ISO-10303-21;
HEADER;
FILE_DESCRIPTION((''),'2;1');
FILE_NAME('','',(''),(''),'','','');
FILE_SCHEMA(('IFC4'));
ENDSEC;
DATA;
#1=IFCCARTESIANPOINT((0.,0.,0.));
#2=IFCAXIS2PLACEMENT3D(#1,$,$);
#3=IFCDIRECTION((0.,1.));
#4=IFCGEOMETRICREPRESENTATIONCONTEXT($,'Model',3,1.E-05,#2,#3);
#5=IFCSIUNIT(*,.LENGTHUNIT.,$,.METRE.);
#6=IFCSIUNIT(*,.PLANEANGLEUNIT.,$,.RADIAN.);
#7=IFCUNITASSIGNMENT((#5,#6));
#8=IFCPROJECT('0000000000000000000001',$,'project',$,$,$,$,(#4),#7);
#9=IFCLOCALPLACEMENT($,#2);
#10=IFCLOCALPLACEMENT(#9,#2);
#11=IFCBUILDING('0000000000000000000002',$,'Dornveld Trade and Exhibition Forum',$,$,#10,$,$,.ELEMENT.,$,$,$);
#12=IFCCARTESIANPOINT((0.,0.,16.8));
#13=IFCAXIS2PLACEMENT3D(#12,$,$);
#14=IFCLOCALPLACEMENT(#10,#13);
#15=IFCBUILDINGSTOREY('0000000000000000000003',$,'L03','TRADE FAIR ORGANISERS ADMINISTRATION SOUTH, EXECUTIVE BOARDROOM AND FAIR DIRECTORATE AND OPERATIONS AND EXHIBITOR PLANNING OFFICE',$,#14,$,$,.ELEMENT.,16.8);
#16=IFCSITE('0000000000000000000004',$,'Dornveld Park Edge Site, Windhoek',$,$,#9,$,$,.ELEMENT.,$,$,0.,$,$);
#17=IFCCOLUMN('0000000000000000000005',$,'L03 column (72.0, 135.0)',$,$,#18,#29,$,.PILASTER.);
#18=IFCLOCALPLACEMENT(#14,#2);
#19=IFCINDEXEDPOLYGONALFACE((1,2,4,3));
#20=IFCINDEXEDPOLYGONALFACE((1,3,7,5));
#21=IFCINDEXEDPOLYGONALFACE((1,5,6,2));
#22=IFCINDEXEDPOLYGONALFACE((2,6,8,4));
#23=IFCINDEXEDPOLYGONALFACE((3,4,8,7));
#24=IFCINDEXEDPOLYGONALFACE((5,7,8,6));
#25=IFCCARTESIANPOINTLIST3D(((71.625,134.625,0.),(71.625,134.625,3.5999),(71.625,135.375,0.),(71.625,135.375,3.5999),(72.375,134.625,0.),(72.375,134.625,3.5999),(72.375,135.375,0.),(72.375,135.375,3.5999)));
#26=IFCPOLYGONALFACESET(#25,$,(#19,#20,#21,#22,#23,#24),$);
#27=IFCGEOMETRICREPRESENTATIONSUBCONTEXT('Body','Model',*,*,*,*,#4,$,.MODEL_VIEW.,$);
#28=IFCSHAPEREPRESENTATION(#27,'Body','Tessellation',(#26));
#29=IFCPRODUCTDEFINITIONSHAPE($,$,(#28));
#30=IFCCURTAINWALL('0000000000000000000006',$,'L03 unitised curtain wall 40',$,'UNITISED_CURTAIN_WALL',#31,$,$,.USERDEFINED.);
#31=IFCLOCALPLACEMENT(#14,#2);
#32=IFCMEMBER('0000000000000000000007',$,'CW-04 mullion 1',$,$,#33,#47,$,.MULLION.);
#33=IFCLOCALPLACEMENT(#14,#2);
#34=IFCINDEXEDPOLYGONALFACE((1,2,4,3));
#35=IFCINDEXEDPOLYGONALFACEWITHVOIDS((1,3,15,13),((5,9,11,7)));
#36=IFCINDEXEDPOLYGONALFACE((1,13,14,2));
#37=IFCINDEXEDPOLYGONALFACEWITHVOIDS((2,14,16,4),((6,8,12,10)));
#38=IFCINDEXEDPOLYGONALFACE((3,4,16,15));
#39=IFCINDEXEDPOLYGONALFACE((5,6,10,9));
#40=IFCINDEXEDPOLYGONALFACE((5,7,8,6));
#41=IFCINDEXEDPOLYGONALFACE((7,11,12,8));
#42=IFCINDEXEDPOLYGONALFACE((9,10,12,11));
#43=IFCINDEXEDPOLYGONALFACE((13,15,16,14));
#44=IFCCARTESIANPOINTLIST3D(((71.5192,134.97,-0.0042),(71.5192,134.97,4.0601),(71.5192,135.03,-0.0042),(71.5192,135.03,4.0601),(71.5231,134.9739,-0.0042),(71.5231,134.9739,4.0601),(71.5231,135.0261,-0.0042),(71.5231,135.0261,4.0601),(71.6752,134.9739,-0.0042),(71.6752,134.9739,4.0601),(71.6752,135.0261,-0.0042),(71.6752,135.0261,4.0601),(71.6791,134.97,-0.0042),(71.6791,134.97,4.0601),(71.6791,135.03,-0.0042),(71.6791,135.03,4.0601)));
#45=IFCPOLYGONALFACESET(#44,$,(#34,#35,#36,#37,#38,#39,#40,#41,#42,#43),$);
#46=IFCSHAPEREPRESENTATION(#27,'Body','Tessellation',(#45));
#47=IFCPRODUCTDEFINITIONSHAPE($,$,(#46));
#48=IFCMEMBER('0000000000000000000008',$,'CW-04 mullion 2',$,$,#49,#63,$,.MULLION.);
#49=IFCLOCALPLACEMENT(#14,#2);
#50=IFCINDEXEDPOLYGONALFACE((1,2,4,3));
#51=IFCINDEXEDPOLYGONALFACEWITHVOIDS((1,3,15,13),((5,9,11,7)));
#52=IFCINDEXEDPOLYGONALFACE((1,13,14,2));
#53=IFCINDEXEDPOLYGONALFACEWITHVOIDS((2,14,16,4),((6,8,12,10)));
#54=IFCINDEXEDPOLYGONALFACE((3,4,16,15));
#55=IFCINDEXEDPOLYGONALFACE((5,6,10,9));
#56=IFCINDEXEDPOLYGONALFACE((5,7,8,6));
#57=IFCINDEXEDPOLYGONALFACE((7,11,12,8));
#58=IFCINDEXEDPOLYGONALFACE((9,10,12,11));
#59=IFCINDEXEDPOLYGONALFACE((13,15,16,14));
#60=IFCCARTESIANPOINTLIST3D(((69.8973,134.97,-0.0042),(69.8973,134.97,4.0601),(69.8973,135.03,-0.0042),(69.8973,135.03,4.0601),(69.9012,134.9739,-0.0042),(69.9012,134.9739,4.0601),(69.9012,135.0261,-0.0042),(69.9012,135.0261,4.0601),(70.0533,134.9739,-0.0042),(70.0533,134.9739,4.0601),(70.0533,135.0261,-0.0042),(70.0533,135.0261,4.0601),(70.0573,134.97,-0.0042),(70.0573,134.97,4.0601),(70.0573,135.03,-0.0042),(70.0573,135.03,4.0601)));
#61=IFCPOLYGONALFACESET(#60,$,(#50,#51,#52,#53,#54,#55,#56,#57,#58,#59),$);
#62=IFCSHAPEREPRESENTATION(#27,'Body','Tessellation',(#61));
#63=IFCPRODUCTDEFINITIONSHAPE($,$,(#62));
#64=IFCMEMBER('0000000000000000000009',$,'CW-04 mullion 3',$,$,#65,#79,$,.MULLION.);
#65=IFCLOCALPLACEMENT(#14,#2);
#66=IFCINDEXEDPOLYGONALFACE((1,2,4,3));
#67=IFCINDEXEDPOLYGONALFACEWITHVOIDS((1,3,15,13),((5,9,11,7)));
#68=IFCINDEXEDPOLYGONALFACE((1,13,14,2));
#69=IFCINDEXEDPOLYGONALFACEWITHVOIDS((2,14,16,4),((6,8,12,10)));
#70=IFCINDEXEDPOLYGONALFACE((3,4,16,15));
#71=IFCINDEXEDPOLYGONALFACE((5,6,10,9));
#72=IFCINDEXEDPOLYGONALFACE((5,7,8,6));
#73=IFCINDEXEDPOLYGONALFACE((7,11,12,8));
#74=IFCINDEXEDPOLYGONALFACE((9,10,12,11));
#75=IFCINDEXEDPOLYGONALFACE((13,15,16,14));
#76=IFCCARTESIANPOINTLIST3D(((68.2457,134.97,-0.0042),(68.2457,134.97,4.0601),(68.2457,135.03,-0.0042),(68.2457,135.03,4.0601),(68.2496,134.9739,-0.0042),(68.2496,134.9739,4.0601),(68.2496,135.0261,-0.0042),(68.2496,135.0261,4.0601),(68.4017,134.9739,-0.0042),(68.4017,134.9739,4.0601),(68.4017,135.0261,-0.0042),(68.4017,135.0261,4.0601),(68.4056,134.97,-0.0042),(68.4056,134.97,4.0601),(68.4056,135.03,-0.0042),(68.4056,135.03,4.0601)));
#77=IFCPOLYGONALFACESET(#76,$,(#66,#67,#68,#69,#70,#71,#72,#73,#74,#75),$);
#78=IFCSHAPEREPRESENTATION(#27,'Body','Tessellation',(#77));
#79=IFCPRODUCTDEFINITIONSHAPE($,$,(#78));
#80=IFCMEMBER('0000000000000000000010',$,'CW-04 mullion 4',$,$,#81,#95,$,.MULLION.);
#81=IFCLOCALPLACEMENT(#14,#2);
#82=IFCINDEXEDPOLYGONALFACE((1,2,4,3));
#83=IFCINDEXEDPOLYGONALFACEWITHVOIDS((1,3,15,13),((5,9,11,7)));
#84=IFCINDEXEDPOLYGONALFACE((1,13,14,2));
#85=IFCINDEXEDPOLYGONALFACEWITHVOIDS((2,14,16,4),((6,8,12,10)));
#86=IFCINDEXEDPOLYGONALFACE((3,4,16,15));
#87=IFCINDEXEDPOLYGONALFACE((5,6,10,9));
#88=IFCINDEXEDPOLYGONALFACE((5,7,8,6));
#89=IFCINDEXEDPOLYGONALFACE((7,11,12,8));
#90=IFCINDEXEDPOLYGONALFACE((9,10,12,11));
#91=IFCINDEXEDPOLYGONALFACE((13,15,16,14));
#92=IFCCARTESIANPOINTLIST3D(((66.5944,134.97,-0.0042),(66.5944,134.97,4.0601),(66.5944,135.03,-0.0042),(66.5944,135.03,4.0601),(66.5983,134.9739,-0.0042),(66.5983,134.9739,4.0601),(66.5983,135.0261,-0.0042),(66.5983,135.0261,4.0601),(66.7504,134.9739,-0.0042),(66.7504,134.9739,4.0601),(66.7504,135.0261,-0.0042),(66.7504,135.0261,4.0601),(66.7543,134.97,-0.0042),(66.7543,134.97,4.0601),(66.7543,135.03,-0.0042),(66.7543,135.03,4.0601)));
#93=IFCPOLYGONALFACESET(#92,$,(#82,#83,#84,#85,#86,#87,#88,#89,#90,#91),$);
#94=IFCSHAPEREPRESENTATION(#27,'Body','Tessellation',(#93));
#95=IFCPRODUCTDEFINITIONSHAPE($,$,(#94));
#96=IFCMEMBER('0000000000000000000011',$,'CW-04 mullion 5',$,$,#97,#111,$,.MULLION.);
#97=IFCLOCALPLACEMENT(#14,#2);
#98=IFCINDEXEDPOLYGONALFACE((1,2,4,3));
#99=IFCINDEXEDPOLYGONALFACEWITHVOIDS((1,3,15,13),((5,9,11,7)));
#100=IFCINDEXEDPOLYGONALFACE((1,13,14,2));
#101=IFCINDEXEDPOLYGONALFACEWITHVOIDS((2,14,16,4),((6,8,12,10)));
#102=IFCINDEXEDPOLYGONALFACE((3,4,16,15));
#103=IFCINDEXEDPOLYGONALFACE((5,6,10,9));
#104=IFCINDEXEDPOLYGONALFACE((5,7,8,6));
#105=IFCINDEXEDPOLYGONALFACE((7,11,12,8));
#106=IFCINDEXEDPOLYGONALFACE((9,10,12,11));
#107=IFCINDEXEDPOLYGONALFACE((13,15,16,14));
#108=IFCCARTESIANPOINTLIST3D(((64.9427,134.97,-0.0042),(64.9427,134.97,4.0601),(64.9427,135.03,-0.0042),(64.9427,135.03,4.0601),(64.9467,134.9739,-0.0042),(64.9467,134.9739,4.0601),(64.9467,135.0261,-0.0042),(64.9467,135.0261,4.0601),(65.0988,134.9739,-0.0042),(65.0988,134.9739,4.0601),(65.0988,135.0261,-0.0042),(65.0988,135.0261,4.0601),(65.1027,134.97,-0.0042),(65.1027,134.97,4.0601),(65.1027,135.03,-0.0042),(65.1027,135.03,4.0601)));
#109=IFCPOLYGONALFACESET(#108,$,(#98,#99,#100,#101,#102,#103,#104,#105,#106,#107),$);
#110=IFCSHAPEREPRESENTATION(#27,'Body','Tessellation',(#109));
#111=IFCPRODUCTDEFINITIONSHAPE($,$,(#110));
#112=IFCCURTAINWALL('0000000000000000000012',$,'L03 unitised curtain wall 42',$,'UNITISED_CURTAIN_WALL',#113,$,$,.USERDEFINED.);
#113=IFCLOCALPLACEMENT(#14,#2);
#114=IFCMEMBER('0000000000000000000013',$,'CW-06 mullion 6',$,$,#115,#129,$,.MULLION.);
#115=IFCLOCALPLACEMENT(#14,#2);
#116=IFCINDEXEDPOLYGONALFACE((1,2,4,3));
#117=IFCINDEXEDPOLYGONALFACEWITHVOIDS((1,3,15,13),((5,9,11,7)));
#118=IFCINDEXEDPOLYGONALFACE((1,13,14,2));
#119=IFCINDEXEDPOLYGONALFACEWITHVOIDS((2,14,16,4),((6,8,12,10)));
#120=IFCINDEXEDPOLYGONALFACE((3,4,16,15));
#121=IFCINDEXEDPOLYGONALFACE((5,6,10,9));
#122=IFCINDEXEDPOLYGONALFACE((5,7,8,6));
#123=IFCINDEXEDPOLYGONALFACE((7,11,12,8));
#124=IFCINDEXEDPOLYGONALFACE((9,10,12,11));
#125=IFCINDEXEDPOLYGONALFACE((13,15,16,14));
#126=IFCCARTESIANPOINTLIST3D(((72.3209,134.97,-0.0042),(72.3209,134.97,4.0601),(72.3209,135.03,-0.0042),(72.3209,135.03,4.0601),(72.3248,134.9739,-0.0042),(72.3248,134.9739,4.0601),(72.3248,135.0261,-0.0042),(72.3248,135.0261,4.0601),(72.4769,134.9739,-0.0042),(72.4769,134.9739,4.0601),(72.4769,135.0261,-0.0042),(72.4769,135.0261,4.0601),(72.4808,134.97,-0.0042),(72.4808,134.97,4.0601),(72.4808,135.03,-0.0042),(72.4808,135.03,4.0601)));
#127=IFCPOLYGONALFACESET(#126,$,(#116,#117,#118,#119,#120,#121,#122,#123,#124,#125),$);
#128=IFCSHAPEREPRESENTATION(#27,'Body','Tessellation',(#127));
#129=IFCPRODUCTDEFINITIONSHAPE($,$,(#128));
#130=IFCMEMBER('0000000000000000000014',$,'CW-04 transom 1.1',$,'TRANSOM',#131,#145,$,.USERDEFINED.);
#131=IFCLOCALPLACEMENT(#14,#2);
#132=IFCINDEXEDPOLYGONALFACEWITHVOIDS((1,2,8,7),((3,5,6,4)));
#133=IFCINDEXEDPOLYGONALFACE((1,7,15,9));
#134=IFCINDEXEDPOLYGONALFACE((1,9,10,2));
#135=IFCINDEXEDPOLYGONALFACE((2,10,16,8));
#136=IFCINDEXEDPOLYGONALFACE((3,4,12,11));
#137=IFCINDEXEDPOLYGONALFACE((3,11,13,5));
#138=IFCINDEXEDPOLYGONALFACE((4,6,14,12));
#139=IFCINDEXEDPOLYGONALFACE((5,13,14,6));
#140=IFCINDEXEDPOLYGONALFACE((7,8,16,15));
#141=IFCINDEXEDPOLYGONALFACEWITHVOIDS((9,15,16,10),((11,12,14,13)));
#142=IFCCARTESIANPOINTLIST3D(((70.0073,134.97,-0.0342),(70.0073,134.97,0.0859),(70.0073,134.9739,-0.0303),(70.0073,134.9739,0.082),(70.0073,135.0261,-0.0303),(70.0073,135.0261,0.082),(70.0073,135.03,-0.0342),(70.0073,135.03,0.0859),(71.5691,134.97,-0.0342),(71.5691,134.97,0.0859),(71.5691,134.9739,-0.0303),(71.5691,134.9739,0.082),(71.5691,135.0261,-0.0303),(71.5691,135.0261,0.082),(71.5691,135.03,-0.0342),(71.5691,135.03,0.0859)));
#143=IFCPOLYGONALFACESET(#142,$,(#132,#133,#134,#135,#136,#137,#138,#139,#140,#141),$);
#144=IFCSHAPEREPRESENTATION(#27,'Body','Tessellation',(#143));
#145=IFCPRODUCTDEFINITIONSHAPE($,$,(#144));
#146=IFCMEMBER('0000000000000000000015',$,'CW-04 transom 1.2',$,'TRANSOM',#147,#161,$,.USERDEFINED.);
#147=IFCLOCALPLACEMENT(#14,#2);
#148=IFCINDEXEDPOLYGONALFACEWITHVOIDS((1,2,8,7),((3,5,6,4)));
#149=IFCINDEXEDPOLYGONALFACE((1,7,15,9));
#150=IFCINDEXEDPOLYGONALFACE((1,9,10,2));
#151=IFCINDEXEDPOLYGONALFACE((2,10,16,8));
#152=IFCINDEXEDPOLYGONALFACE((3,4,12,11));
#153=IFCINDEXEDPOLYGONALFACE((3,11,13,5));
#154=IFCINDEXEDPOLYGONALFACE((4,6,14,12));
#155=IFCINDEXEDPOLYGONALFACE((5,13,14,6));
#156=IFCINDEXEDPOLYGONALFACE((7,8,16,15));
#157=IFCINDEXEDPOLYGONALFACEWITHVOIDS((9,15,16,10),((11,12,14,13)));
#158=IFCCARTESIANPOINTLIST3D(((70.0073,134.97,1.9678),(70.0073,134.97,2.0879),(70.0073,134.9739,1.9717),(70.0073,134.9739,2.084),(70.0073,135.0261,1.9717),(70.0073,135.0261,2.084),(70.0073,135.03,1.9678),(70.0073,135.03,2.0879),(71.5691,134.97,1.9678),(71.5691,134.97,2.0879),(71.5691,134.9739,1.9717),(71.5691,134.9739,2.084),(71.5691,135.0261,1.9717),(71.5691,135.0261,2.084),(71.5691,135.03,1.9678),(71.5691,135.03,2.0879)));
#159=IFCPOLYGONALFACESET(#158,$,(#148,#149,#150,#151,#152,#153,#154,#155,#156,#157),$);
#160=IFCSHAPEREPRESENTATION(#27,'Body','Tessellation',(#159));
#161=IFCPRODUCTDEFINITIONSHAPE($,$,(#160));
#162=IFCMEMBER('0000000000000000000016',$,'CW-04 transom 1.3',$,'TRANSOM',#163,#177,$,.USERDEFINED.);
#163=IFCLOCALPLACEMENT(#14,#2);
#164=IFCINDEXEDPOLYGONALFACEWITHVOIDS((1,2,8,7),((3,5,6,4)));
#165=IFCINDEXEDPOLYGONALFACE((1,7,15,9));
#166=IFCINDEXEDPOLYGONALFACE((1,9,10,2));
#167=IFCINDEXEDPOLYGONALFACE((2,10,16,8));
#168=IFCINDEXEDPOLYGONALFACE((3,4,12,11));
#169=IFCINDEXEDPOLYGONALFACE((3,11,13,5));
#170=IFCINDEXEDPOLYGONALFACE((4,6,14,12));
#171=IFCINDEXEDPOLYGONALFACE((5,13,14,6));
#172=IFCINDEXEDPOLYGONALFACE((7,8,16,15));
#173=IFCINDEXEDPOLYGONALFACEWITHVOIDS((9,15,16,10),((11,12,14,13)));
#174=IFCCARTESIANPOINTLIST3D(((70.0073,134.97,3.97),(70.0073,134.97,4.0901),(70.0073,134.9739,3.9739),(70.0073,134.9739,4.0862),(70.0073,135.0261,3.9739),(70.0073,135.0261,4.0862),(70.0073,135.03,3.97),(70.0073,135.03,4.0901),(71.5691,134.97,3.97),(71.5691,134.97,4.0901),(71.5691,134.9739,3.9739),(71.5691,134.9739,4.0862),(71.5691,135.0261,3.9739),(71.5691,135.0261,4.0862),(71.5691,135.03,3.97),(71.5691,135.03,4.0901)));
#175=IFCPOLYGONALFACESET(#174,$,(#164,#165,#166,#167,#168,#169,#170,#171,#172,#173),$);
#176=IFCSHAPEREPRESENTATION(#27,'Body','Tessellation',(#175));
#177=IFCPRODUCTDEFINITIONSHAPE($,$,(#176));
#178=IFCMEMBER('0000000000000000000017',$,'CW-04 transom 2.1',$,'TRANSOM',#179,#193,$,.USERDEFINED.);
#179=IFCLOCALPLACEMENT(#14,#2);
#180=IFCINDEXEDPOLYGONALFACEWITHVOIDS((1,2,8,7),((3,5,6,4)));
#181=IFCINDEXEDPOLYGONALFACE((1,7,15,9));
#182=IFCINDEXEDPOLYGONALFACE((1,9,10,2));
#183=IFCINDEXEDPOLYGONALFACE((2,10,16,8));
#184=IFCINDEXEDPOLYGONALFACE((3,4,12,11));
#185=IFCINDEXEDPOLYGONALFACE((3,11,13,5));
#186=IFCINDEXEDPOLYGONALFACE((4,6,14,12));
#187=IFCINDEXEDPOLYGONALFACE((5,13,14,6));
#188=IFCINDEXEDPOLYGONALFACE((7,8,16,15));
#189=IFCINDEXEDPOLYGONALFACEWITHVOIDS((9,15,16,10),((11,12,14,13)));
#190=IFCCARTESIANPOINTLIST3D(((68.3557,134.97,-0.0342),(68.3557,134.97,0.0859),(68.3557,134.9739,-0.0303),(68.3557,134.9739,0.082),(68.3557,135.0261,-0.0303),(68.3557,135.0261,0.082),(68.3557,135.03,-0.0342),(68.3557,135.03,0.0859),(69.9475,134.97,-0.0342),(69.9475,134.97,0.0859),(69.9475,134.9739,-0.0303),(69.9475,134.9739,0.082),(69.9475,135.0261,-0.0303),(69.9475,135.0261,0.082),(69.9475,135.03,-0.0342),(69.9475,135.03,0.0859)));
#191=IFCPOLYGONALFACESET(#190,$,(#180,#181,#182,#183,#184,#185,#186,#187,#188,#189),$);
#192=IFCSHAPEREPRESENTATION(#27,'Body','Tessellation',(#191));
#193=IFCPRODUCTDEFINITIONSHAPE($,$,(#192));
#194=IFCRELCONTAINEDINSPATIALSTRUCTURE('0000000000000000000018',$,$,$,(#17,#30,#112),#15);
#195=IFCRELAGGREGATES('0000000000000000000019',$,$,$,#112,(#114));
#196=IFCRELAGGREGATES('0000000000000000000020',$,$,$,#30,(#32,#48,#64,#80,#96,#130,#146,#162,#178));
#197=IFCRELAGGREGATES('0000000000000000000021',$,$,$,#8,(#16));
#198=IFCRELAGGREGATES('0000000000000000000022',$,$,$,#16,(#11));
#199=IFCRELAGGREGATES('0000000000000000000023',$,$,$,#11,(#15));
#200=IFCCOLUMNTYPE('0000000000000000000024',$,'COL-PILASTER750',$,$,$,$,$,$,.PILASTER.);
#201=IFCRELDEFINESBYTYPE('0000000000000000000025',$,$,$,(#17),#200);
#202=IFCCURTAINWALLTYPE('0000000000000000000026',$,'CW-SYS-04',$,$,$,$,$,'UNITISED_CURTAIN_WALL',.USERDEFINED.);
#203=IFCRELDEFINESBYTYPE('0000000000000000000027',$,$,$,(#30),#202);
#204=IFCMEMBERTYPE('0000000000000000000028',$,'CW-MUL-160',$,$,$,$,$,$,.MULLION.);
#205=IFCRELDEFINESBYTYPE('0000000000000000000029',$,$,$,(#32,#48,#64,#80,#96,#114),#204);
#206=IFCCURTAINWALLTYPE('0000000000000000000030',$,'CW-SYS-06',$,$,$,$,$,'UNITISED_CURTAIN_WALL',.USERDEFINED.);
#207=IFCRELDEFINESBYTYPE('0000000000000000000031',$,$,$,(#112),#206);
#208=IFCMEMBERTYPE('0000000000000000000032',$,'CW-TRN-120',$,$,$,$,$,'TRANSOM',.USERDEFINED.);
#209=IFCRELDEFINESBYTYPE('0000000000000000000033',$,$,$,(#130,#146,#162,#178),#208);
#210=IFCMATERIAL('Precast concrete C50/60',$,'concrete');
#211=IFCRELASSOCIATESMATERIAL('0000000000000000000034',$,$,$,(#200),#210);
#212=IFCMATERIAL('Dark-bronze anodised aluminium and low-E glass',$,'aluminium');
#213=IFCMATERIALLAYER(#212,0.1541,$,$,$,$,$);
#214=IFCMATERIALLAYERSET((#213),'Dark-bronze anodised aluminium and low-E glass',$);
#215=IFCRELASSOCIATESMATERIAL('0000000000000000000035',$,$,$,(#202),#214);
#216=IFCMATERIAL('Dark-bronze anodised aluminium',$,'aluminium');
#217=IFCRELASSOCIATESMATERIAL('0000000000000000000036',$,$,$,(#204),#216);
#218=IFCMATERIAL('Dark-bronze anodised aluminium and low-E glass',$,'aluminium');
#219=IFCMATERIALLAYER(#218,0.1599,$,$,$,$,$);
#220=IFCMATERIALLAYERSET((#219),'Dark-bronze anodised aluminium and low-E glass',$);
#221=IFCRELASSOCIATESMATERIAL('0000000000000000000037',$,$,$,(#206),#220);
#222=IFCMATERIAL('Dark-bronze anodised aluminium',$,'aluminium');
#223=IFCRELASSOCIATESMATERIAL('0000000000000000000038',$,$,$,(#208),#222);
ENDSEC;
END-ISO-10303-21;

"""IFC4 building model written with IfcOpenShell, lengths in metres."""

from ifc_helpers import new_model, si_unit, direction, frame, origin, origin_2d, place, context, subcontext, project, spatial, rectangle, hollow_rectangle, extrude, material, layer, layer_set, material_profile, profile_set, type_object, element, aggregate, save


model = new_model("IFC4")

# Units and contexts
model_context = context("Model", 3, precision=1e-05, world=origin(), true_north=direction((0.0, 1.0)))
body_context = subcontext(model_context, "Body", "Model", "MODEL_VIEW")
ifc_project = project(units=[si_unit("LENGTHUNIT", "METRE"), si_unit("PLANEANGLEUNIT", "RADIAN")], contexts=[model_context])

# Site, building, storey
site_placement = place(None, origin())
site = spatial("IfcSite", under=ifc_project, at=site_placement, Name="Dornveld Park Edge Site, Windhoek", CompositionType="ELEMENT", RefElevation=0.0)
building_placement = place(site_placement, origin())
building = spatial("IfcBuilding", under=site, at=building_placement, Name="Dornveld Trade and Exhibition Forum", CompositionType="ELEMENT")
storey_placement = place(building_placement, frame((0.0, 0.0, 16.8)))
storey = spatial("IfcBuildingStorey", under=building, at=storey_placement, Name="L03", Description="TRADE FAIR ORGANISERS ADMINISTRATION SOUTH, EXECUTIVE BOARDROOM AND FAIR DIRECTORATE AND OPERATIONS AND EXHIBITOR PLANNING OFFICE", CompositionType="ELEMENT", Elevation=16.8)

# Column
ifc_material_1 = material(Name="Precast concrete C50/60", Category="concrete")
ifc_material_profile_1 = material_profile(ifc_material_1, rectangle(XDim=0.75, YDim=0.75, at=origin_2d()), Name="PC-COL 750x750")
ifc_profile_set_1 = profile_set([ifc_material_profile_1], Name="Precast concrete C50/60")
column_type = type_object("IfcColumnType", Name="COL-PILASTER750", PredefinedType="PILASTER", material=ifc_profile_set_1)
column_placement = place(storey_placement, frame((72.0, 135.0, 0.0), z_axis=(0.0, 0.0, 1.0), x_axis=(1.0, 0.0, 0.0)))
element("IfcColumn", 1, at=column_placement, inside=storey, type_object=column_type, Name="L03 column (72.0, 135.0)", PredefinedType="PILASTER", context=body_context, shape_type="SweptSolid", body=[
    extrude(rectangle(XDim=0.75, YDim=0.75, at=origin_2d()), origin(), (0.0, 0.0, 1.0), 3.5999),
])

# Curtain wall, members
ifc_material_2 = material(Name="Dark-bronze anodised aluminium and low-E glass", Category="aluminium")
ifc_layer_1 = layer(ifc_material_2, 0.1541)
ifc_layer_set_1 = layer_set([ifc_layer_1], Name="Dark-bronze anodised aluminium and low-E glass")
curtain_wall_type_1 = type_object("IfcCurtainWallType", Name="CW-SYS-04", ElementType="UNITISED_CURTAIN_WALL", PredefinedType="USERDEFINED", material=ifc_layer_set_1)
curtain_wall_1_placement = place(storey_placement, origin())
curtain_wall_1 = element("IfcCurtainWall", 2, at=curtain_wall_1_placement, inside=storey, type_object=curtain_wall_type_1, Name="L03 unitised curtain wall 40", ObjectType="UNITISED_CURTAIN_WALL", PredefinedType="USERDEFINED")
ifc_material_3 = material(Name="Dark-bronze anodised aluminium", Category="aluminium")
ifc_material_profile_2 = material_profile(ifc_material_3, hollow_rectangle(XDim=0.0601, YDim=0.1599, WallThickness=0.0039, at=origin_2d()), Name="RHS 160x60x4")
ifc_profile_set_2 = profile_set([ifc_material_profile_2], Name="Dark-bronze anodised aluminium")
member_type_1 = type_object("IfcMemberType", Name="CW-MUL-160", PredefinedType="MULLION", material=ifc_profile_set_2)
member_1_placement = place(storey_placement, frame((71.5991, 135.0, -0.0042), z_axis=(0.0, 0.0, 1.0), x_axis=(0.0, -1.0, 0.0)))
member_1 = element("IfcMember", 3, at=member_1_placement, type_object=member_type_1, Name="CW-04 mullion 1", PredefinedType="MULLION", context=body_context, shape_type="SweptSolid", body=[
    extrude(hollow_rectangle(XDim=0.0601, YDim=0.1599, WallThickness=0.0039, at=origin_2d()), origin(), (0.0, 0.0, 1.0), 4.0642),
])
member_2_placement = place(storey_placement, frame((69.9773, 135.0, -0.0042), z_axis=(0.0, 0.0, 1.0), x_axis=(0.0, -1.0, 0.0)))
member_2 = element("IfcMember", 4, at=member_2_placement, type_object=member_type_1, Name="CW-04 mullion 2", PredefinedType="MULLION", context=body_context, shape_type="SweptSolid", body=[
    extrude(hollow_rectangle(XDim=0.0601, YDim=0.1599, WallThickness=0.0039, at=origin_2d()), origin(), (0.0, 0.0, 1.0), 4.0642),
])
member_3_placement = place(storey_placement, frame((68.3257, 135.0, -0.0042), z_axis=(0.0, 0.0, 1.0), x_axis=(0.0, -1.0, 0.0)))
member_3 = element("IfcMember", 5, at=member_3_placement, type_object=member_type_1, Name="CW-04 mullion 3", PredefinedType="MULLION", context=body_context, shape_type="SweptSolid", body=[
    extrude(hollow_rectangle(XDim=0.0601, YDim=0.1599, WallThickness=0.0039, at=origin_2d()), origin(), (0.0, 0.0, 1.0), 4.0642),
])
member_4_placement = place(storey_placement, frame((66.6743, 135.0, -0.0042), z_axis=(0.0, 0.0, 1.0), x_axis=(0.0, -1.0, 0.0)))
member_4 = element("IfcMember", 6, at=member_4_placement, type_object=member_type_1, Name="CW-04 mullion 4", PredefinedType="MULLION", context=body_context, shape_type="SweptSolid", body=[
    extrude(hollow_rectangle(XDim=0.0601, YDim=0.1599, WallThickness=0.0039, at=origin_2d()), origin(), (0.0, 0.0, 1.0), 4.0642),
])
member_5_placement = place(storey_placement, frame((65.0227, 135.0, -0.0042), z_axis=(0.0, 0.0, 1.0), x_axis=(0.0, -1.0, 0.0)))
member_5 = element("IfcMember", 7, at=member_5_placement, type_object=member_type_1, Name="CW-04 mullion 5", PredefinedType="MULLION", context=body_context, shape_type="SweptSolid", body=[
    extrude(hollow_rectangle(XDim=0.0601, YDim=0.1599, WallThickness=0.0039, at=origin_2d()), origin(), (0.0, 0.0, 1.0), 4.0642),
])

# Curtain wall, member
ifc_material_4 = material(Name="Dark-bronze anodised aluminium and low-E glass", Category="aluminium")
ifc_layer_2 = layer(ifc_material_4, 0.1599)
ifc_layer_set_2 = layer_set([ifc_layer_2], Name="Dark-bronze anodised aluminium and low-E glass")
curtain_wall_type_2 = type_object("IfcCurtainWallType", Name="CW-SYS-06", ElementType="UNITISED_CURTAIN_WALL", PredefinedType="USERDEFINED", material=ifc_layer_set_2)
curtain_wall_2_placement = place(storey_placement, origin())
curtain_wall_2 = element("IfcCurtainWall", 8, at=curtain_wall_2_placement, inside=storey, type_object=curtain_wall_type_2, Name="L03 unitised curtain wall 42", ObjectType="UNITISED_CURTAIN_WALL", PredefinedType="USERDEFINED")
member_6_placement = place(storey_placement, frame((72.4009, 135.0, -0.0042), z_axis=(0.0, 0.0, 1.0), x_axis=(0.0, -1.0, 0.0)))
member_6 = element("IfcMember", 9, at=member_6_placement, type_object=member_type_1, Name="CW-06 mullion 6", PredefinedType="MULLION", context=body_context, shape_type="SweptSolid", body=[
    extrude(hollow_rectangle(XDim=0.0601, YDim=0.1599, WallThickness=0.0039, at=origin_2d()), origin(), (0.0, 0.0, 1.0), 4.0642),
])

# Members
ifc_material_5 = material(Name="Dark-bronze anodised aluminium", Category="aluminium")
ifc_material_profile_3 = material_profile(ifc_material_5, hollow_rectangle(XDim=0.0601, YDim=0.1201, WallThickness=0.0039, at=origin_2d()), Name="RHS 120x60x4")
ifc_profile_set_3 = profile_set([ifc_material_profile_3], Name="Dark-bronze anodised aluminium")
member_type_2 = type_object("IfcMemberType", Name="CW-TRN-120", ElementType="TRANSOM", PredefinedType="USERDEFINED", material=ifc_profile_set_3)
member_7_placement = place(storey_placement, frame((71.5691, 135.0, 0.0259), z_axis=(-1.0, 0.0, 0.0), x_axis=(0.0, -1.0, 0.0)))
member_7 = element("IfcMember", 10, at=member_7_placement, type_object=member_type_2, Name="CW-04 transom 1.1", ObjectType="TRANSOM", PredefinedType="USERDEFINED", context=body_context, shape_type="SweptSolid", body=[
    extrude(hollow_rectangle(XDim=0.0601, YDim=0.1201, WallThickness=0.0039, at=origin_2d()), origin(), (0.0, 0.0, 1.0), 1.5618),
])
member_8_placement = place(storey_placement, frame((71.5691, 135.0, 2.0278), z_axis=(-1.0, 0.0, 0.0), x_axis=(0.0, -1.0, 0.0)))
member_8 = element("IfcMember", 11, at=member_8_placement, type_object=member_type_2, Name="CW-04 transom 1.2", ObjectType="TRANSOM", PredefinedType="USERDEFINED", context=body_context, shape_type="SweptSolid", body=[
    extrude(hollow_rectangle(XDim=0.0601, YDim=0.1201, WallThickness=0.0039, at=origin_2d()), origin(), (0.0, 0.0, 1.0), 1.5618),
])
member_9_placement = place(storey_placement, frame((71.5691, 135.0, 4.03), z_axis=(-1.0, 0.0, 0.0), x_axis=(0.0, -1.0, 0.0)))
member_9 = element("IfcMember", 12, at=member_9_placement, type_object=member_type_2, Name="CW-04 transom 1.3", ObjectType="TRANSOM", PredefinedType="USERDEFINED", context=body_context, shape_type="SweptSolid", body=[
    extrude(hollow_rectangle(XDim=0.0601, YDim=0.1201, WallThickness=0.0039, at=origin_2d()), origin(), (0.0, 0.0, 1.0), 1.5618),
])
member_10_placement = place(storey_placement, frame((69.9475, 135.0, 0.0259), z_axis=(-1.0, 0.0, 0.0), x_axis=(0.0, -1.0, 0.0)))
member_10 = element("IfcMember", 13, at=member_10_placement, type_object=member_type_2, Name="CW-04 transom 2.1", ObjectType="TRANSOM", PredefinedType="USERDEFINED", context=body_context, shape_type="SweptSolid", body=[
    extrude(hollow_rectangle(XDim=0.0601, YDim=0.1201, WallThickness=0.0039, at=origin_2d()), origin(), (0.0, 0.0, 1.0), 1.5918),
])

aggregate(curtain_wall_2, [member_6])
aggregate(curtain_wall_1, [member_1, member_2, member_3, member_4, member_5, member_7, member_8, member_9, member_10])

save(model, "model.ifc")
